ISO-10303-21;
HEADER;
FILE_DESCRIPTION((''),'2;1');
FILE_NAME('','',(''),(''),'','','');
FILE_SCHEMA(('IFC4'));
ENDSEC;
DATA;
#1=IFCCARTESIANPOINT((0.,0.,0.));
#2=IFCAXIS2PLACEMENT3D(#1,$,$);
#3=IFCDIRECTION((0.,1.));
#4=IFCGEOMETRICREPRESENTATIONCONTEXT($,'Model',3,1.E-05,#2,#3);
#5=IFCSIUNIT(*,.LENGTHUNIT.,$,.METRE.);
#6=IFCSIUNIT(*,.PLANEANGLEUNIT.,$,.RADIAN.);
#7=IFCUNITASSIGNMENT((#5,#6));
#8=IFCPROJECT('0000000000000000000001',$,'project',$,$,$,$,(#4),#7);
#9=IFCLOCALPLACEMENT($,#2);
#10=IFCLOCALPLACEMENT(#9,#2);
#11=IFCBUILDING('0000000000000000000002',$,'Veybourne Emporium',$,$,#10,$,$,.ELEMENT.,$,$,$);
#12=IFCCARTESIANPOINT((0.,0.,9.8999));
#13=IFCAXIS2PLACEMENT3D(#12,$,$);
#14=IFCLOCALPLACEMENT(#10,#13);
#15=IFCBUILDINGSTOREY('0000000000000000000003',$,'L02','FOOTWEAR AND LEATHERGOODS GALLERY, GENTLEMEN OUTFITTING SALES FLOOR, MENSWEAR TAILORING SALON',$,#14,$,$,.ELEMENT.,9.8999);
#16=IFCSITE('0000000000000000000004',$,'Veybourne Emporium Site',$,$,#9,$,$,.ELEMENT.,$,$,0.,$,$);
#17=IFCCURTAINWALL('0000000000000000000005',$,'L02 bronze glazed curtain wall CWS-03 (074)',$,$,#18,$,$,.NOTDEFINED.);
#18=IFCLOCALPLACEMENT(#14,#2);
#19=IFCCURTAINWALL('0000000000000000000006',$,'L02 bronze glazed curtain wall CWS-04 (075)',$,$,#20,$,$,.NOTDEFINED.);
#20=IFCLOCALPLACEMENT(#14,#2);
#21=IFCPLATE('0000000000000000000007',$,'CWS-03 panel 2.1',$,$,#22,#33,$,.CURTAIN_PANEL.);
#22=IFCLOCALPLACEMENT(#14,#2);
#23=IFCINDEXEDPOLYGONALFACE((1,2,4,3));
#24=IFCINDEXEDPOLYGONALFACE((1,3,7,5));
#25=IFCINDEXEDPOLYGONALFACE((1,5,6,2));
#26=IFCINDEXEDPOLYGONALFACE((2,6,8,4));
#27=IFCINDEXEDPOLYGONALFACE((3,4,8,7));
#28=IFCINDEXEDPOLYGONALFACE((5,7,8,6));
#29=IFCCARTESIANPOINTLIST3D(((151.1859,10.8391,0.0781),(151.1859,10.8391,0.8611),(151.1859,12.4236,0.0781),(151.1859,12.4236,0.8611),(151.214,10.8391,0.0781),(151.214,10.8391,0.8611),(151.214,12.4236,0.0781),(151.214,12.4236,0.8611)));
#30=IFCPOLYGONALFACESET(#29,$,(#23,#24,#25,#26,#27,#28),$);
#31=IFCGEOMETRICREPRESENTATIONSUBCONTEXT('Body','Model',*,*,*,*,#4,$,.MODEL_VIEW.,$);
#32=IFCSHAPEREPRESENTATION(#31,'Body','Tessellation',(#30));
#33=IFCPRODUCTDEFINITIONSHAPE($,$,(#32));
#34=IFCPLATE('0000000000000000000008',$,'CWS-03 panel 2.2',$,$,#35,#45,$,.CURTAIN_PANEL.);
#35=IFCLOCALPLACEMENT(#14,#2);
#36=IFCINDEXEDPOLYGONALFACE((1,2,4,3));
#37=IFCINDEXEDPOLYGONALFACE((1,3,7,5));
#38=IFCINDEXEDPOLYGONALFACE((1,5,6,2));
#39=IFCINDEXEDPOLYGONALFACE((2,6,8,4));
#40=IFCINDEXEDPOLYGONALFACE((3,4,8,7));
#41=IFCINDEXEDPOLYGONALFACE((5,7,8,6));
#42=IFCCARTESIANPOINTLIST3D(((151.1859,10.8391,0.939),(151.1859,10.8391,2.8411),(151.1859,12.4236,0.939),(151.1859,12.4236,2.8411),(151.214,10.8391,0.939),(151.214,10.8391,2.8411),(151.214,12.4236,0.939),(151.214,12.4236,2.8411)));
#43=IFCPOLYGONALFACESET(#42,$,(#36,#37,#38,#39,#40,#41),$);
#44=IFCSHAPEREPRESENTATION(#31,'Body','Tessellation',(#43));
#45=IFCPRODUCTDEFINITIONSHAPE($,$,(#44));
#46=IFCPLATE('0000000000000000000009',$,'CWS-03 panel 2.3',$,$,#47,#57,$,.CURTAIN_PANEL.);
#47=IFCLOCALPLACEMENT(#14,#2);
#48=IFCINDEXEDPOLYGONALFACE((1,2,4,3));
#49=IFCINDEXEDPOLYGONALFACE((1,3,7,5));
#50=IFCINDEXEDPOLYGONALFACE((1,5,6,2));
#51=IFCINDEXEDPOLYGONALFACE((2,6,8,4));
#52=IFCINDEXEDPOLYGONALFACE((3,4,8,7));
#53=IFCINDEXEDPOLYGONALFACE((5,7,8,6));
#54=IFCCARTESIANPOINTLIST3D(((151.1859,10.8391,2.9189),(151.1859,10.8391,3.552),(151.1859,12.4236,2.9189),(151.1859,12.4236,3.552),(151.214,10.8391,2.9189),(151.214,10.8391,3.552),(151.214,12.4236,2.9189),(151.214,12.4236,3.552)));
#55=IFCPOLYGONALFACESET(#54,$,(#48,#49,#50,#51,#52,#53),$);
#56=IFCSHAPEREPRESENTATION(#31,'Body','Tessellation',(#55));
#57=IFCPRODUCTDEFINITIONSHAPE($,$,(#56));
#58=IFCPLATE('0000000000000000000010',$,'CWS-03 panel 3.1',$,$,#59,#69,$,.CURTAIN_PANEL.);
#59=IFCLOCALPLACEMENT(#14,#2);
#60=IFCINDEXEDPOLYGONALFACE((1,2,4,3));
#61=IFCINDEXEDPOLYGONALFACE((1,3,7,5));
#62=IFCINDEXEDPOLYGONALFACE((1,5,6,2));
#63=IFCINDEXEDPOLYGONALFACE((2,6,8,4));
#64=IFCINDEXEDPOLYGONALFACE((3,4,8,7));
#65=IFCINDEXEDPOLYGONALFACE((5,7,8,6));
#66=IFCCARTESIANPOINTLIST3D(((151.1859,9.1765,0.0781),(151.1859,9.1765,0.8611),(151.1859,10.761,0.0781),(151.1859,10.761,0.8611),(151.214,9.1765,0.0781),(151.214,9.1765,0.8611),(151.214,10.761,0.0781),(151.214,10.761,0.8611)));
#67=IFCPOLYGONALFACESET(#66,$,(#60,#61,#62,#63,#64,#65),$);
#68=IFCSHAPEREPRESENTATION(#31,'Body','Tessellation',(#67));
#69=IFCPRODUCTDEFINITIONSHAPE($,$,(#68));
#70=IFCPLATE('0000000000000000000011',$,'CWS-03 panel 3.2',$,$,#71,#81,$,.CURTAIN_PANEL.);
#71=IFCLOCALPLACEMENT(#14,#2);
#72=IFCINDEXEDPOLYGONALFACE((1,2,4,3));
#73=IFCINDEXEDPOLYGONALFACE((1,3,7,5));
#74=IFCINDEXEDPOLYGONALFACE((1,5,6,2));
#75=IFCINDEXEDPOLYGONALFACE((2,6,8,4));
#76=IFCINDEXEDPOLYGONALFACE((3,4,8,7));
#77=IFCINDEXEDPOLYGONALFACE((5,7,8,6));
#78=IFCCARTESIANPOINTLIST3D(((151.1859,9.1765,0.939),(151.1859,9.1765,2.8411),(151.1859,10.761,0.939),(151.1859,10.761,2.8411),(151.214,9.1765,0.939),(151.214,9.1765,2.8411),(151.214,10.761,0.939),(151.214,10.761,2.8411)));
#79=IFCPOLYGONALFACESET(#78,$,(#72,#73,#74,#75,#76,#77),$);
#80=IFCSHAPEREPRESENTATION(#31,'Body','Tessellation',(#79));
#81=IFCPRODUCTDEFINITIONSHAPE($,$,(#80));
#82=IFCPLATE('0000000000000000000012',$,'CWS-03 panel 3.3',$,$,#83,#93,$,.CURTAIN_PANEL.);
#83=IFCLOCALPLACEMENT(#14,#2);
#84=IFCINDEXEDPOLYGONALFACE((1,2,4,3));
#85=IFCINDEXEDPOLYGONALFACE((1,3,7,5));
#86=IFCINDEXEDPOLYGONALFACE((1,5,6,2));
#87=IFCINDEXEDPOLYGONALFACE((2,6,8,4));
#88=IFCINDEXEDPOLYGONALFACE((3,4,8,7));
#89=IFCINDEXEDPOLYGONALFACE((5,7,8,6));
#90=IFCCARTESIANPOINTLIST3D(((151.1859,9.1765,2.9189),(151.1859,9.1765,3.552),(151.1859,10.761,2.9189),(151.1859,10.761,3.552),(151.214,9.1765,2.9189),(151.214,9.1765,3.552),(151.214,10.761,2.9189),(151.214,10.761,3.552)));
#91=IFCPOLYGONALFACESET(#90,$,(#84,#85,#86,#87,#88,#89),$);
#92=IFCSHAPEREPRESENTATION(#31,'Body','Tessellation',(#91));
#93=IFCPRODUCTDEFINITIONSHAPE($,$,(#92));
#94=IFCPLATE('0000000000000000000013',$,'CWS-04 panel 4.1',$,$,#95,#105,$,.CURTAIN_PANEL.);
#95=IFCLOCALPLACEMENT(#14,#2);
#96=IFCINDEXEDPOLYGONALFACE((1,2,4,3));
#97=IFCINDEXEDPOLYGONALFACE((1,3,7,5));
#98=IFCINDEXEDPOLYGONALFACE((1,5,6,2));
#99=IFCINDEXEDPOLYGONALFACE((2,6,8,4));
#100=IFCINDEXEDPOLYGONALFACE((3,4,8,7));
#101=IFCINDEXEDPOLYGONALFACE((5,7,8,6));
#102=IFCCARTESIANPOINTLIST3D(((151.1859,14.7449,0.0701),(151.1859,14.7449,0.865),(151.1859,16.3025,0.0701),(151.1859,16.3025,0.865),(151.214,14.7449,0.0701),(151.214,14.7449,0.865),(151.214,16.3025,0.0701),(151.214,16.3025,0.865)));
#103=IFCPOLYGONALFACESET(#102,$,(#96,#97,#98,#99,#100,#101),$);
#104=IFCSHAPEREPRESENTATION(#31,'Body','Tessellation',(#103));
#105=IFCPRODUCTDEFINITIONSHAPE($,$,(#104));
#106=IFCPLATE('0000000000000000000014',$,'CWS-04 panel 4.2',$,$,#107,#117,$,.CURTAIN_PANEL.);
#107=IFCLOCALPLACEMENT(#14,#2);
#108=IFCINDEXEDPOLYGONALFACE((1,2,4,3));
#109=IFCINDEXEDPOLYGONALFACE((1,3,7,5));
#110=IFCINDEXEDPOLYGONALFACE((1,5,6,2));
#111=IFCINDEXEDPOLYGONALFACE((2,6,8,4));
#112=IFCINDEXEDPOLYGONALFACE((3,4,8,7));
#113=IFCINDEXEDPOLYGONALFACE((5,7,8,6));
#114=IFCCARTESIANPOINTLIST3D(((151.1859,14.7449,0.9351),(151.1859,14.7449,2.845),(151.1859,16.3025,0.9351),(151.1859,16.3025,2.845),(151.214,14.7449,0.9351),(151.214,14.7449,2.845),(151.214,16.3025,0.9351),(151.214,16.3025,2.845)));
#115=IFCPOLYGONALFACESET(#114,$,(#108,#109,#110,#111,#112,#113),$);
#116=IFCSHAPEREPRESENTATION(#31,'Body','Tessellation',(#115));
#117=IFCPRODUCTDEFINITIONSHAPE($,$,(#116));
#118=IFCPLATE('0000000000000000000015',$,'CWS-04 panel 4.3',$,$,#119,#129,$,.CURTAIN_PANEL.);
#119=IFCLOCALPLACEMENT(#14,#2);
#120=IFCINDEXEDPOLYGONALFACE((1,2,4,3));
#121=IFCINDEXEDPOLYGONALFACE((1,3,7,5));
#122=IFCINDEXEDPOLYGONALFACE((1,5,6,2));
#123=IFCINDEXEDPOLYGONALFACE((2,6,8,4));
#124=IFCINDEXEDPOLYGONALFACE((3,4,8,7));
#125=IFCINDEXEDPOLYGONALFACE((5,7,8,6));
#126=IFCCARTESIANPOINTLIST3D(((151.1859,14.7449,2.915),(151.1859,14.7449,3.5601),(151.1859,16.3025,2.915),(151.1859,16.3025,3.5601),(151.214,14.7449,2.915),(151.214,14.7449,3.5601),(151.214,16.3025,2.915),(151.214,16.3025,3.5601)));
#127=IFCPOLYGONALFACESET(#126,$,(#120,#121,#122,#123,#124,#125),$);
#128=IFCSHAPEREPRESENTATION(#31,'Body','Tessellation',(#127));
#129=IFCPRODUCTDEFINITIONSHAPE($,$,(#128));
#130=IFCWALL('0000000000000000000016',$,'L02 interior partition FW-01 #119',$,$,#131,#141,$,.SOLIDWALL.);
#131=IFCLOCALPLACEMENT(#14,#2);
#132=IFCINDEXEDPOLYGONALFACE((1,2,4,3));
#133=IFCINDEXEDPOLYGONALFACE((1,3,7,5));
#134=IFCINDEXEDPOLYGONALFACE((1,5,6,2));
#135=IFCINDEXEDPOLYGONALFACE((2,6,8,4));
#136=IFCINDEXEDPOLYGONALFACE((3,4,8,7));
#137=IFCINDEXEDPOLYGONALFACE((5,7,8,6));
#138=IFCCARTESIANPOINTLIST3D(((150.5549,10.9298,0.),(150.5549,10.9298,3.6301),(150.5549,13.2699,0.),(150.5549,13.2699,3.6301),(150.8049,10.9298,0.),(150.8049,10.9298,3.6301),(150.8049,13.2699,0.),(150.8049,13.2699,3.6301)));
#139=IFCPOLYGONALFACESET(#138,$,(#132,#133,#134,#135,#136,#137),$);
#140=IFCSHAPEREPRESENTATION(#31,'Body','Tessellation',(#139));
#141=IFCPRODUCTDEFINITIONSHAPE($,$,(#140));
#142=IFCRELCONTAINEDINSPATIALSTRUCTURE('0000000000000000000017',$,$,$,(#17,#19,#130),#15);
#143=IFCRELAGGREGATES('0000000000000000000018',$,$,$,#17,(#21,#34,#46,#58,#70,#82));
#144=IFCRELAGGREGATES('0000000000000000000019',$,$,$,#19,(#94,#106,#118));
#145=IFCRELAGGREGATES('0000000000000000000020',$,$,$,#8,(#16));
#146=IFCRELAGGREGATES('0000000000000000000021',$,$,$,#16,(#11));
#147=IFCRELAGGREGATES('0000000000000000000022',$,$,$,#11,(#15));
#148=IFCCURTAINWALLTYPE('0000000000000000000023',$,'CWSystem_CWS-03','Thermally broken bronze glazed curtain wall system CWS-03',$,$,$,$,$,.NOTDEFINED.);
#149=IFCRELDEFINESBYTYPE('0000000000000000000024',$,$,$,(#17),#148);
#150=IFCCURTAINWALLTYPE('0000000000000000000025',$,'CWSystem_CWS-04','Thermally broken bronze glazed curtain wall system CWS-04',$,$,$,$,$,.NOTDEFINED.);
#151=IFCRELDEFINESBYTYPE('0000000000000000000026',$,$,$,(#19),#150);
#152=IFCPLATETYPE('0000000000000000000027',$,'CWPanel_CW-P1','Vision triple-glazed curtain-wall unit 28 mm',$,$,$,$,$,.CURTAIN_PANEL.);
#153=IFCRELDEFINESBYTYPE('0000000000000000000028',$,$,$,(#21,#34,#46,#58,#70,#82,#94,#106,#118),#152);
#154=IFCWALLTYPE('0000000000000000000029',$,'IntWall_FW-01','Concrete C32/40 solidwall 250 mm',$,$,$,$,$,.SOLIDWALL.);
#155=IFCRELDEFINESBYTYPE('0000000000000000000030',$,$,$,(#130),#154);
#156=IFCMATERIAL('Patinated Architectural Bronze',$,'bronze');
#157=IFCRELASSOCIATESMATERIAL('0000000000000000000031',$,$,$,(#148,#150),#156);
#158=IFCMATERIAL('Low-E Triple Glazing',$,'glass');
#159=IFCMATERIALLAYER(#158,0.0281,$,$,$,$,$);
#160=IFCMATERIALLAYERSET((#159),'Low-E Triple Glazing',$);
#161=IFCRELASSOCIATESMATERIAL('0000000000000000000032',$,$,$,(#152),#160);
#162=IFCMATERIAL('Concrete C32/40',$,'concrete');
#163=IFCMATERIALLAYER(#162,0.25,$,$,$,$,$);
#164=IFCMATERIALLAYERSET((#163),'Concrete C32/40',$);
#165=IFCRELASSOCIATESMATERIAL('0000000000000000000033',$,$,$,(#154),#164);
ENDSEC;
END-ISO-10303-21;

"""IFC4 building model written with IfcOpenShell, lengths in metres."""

from ifc_helpers import new_model, si_unit, direction, frame, frame_2d, origin, origin_2d, place, context, subcontext, project, spatial, rectangle, extrude, material, layer, layer_set, type_object, element, aggregate, save


model = new_model("IFC4")

# Units and contexts
model_context = context("Model", 3, precision=1e-05, world=origin(), true_north=direction((0.0, 1.0)))
body_context = subcontext(model_context, "Body", "Model", "MODEL_VIEW")
ifc_project = project(units=[si_unit("LENGTHUNIT", "METRE"), si_unit("PLANEANGLEUNIT", "RADIAN")], contexts=[model_context])

# Site, building, storey
site_placement = place(None, origin())
site = spatial("IfcSite", under=ifc_project, at=site_placement, Name="Veybourne Emporium Site", CompositionType="ELEMENT", RefElevation=0.0)
building_placement = place(site_placement, origin())
building = spatial("IfcBuilding", under=site, at=building_placement, Name="Veybourne Emporium", CompositionType="ELEMENT")
storey_placement = place(building_placement, frame((0.0, 0.0, 9.8999)))
storey = spatial("IfcBuildingStorey", under=building, at=storey_placement, Name="L02", Description="FOOTWEAR AND LEATHERGOODS GALLERY, GENTLEMEN OUTFITTING SALES FLOOR, MENSWEAR TAILORING SALON", CompositionType="ELEMENT", Elevation=9.8999)

# Curtain wall
ifc_material_1 = material(Name="Patinated Architectural Bronze", Category="bronze")
curtain_wall_type_1 = type_object("IfcCurtainWallType", Name="CWSystem_CWS-03", Description="Thermally broken bronze glazed curtain wall system CWS-03", PredefinedType="NOTDEFINED", material=ifc_material_1)
curtain_wall_1_placement = place(storey_placement, origin())
curtain_wall_1 = element("IfcCurtainWall", 1, at=curtain_wall_1_placement, inside=storey, type_object=curtain_wall_type_1, Name="L02 bronze glazed curtain wall CWS-03 (074)", PredefinedType="NOTDEFINED")

# Curtain wall
curtain_wall_type_2 = type_object("IfcCurtainWallType", Name="CWSystem_CWS-04", Description="Thermally broken bronze glazed curtain wall system CWS-04", PredefinedType="NOTDEFINED", material=ifc_material_1)
curtain_wall_2_placement = place(storey_placement, origin())
curtain_wall_2 = element("IfcCurtainWall", 2, at=curtain_wall_2_placement, inside=storey, type_object=curtain_wall_type_2, Name="L02 bronze glazed curtain wall CWS-04 (075)", PredefinedType="NOTDEFINED")

# Shared definitions
ifc_material_2 = material(Name="Concrete C32/40", Category="concrete")

# Plates
ifc_material_3 = material(Name="Low-E Triple Glazing", Category="glass")
ifc_layer_1 = layer(ifc_material_3, 0.0281)
ifc_layer_set_1 = layer_set([ifc_layer_1], Name="Low-E Triple Glazing")
plate_type = type_object("IfcPlateType", Name="CWPanel_CW-P1", Description="Vision triple-glazed curtain-wall unit 28 mm", PredefinedType="CURTAIN_PANEL", material=ifc_layer_set_1)
plate_1_placement = place(storey_placement, frame((151.2, 11.6313, 0.0781), z_axis=(0.0, 0.0, 1.0), x_axis=(0.0, -1.0, 0.0)))
plate_1 = element("IfcPlate", 3, at=plate_1_placement, type_object=plate_type, Name="CWS-03 panel 2.1", PredefinedType="CURTAIN_PANEL", context=body_context, shape_type="SweptSolid", body=[
    extrude(rectangle(XDim=1.5845, YDim=0.0281, at=origin_2d()), origin(), (0.0, 0.0, 1.0), 0.783),
])
plate_2_placement = place(storey_placement, frame((151.2, 11.6313, 0.939), z_axis=(0.0, 0.0, 1.0), x_axis=(0.0, -1.0, 0.0)))
plate_2 = element("IfcPlate", 4, at=plate_2_placement, type_object=plate_type, Name="CWS-03 panel 2.2", PredefinedType="CURTAIN_PANEL", context=body_context, shape_type="SweptSolid", body=[
    extrude(rectangle(XDim=1.5845, YDim=0.0281, at=origin_2d()), origin(), (0.0, 0.0, 1.0), 1.9021),
])
plate_3_placement = place(storey_placement, frame((151.2, 11.6313, 2.9189), z_axis=(0.0, 0.0, 1.0), x_axis=(0.0, -1.0, 0.0)))
plate_3 = element("IfcPlate", 5, at=plate_3_placement, type_object=plate_type, Name="CWS-03 panel 2.3", PredefinedType="CURTAIN_PANEL", context=body_context, shape_type="SweptSolid", body=[
    extrude(rectangle(XDim=1.5845, YDim=0.0281, at=origin_2d()), origin(), (0.0, 0.0, 1.0), 0.6331),
])
plate_4_placement = place(storey_placement, frame((151.2, 9.9688, 0.0781), z_axis=(0.0, 0.0, 1.0), x_axis=(0.0, -1.0, 0.0)))
plate_4 = element("IfcPlate", 6, at=plate_4_placement, type_object=plate_type, Name="CWS-03 panel 3.1", PredefinedType="CURTAIN_PANEL", context=body_context, shape_type="SweptSolid", body=[
    extrude(rectangle(XDim=1.5845, YDim=0.0281, at=origin_2d()), origin(), (0.0, 0.0, 1.0), 0.783),
])
plate_5_placement = place(storey_placement, frame((151.2, 9.9688, 0.939), z_axis=(0.0, 0.0, 1.0), x_axis=(0.0, -1.0, 0.0)))
plate_5 = element("IfcPlate", 7, at=plate_5_placement, type_object=plate_type, Name="CWS-03 panel 3.2", PredefinedType="CURTAIN_PANEL", context=body_context, shape_type="SweptSolid", body=[
    extrude(rectangle(XDim=1.5845, YDim=0.0281, at=origin_2d()), origin(), (0.0, 0.0, 1.0), 1.9021),
])
plate_6_placement = place(storey_placement, frame((151.2, 9.9688, 2.9189), z_axis=(0.0, 0.0, 1.0), x_axis=(0.0, -1.0, 0.0)))
plate_6 = element("IfcPlate", 8, at=plate_6_placement, type_object=plate_type, Name="CWS-03 panel 3.3", PredefinedType="CURTAIN_PANEL", context=body_context, shape_type="SweptSolid", body=[
    extrude(rectangle(XDim=1.5845, YDim=0.0281, at=origin_2d()), origin(), (0.0, 0.0, 1.0), 0.6331),
])
aggregate(curtain_wall_1, [plate_1, plate_2, plate_3, plate_4, plate_5, plate_6])
plate_7_placement = place(storey_placement, frame((151.2, 15.5237, 0.0701), z_axis=(0.0, 0.0, 1.0), x_axis=(0.0, -1.0, 0.0)))
plate_7 = element("IfcPlate", 9, at=plate_7_placement, type_object=plate_type, Name="CWS-04 panel 4.1", PredefinedType="CURTAIN_PANEL", context=body_context, shape_type="SweptSolid", body=[
    extrude(rectangle(XDim=1.5576, YDim=0.0281, at=origin_2d()), origin(), (0.0, 0.0, 1.0), 0.7949),
])
plate_8_placement = place(storey_placement, frame((151.2, 15.5237, 0.9351), z_axis=(0.0, 0.0, 1.0), x_axis=(0.0, -1.0, 0.0)))
plate_8 = element("IfcPlate", 10, at=plate_8_placement, type_object=plate_type, Name="CWS-04 panel 4.2", PredefinedType="CURTAIN_PANEL", context=body_context, shape_type="SweptSolid", body=[
    extrude(rectangle(XDim=1.5576, YDim=0.0281, at=origin_2d()), origin(), (0.0, 0.0, 1.0), 1.9099),
])
plate_9_placement = place(storey_placement, frame((151.2, 15.5237, 2.915), z_axis=(0.0, 0.0, 1.0), x_axis=(0.0, -1.0, 0.0)))
plate_9 = element("IfcPlate", 11, at=plate_9_placement, type_object=plate_type, Name="CWS-04 panel 4.3", PredefinedType="CURTAIN_PANEL", context=body_context, shape_type="SweptSolid", body=[
    extrude(rectangle(XDim=1.5576, YDim=0.0281, at=origin_2d()), origin(), (0.0, 0.0, 1.0), 0.645),
])
aggregate(curtain_wall_2, [plate_7, plate_8, plate_9])

# Wall
ifc_layer_2 = layer(ifc_material_2, 0.25)
ifc_layer_set_2 = layer_set([ifc_layer_2], Name="Concrete C32/40")
wall_type = type_object("IfcWallType", Name="IntWall_FW-01", Description="Concrete C32/40 solidwall 250 mm", PredefinedType="SOLIDWALL", material=ifc_layer_set_2)
wall_placement = place(storey_placement, frame((150.6799, 10.9299, 0.0), z_axis=(0.0, 0.0, 1.0), x_axis=(0.0, 1.0, 0.0)))
element("IfcWall", 12, at=wall_placement, inside=storey, type_object=wall_type, Name="L02 interior partition FW-01 #119", PredefinedType="SOLIDWALL", context=body_context, shape_type="SweptSolid", body=[
    extrude(rectangle(XDim=2.3401, YDim=0.25, at=frame_2d((1.1699, 0.0))), origin(), (0.0, 0.0, 1.0), 3.6301),
])

save(model, "model.ifc")
